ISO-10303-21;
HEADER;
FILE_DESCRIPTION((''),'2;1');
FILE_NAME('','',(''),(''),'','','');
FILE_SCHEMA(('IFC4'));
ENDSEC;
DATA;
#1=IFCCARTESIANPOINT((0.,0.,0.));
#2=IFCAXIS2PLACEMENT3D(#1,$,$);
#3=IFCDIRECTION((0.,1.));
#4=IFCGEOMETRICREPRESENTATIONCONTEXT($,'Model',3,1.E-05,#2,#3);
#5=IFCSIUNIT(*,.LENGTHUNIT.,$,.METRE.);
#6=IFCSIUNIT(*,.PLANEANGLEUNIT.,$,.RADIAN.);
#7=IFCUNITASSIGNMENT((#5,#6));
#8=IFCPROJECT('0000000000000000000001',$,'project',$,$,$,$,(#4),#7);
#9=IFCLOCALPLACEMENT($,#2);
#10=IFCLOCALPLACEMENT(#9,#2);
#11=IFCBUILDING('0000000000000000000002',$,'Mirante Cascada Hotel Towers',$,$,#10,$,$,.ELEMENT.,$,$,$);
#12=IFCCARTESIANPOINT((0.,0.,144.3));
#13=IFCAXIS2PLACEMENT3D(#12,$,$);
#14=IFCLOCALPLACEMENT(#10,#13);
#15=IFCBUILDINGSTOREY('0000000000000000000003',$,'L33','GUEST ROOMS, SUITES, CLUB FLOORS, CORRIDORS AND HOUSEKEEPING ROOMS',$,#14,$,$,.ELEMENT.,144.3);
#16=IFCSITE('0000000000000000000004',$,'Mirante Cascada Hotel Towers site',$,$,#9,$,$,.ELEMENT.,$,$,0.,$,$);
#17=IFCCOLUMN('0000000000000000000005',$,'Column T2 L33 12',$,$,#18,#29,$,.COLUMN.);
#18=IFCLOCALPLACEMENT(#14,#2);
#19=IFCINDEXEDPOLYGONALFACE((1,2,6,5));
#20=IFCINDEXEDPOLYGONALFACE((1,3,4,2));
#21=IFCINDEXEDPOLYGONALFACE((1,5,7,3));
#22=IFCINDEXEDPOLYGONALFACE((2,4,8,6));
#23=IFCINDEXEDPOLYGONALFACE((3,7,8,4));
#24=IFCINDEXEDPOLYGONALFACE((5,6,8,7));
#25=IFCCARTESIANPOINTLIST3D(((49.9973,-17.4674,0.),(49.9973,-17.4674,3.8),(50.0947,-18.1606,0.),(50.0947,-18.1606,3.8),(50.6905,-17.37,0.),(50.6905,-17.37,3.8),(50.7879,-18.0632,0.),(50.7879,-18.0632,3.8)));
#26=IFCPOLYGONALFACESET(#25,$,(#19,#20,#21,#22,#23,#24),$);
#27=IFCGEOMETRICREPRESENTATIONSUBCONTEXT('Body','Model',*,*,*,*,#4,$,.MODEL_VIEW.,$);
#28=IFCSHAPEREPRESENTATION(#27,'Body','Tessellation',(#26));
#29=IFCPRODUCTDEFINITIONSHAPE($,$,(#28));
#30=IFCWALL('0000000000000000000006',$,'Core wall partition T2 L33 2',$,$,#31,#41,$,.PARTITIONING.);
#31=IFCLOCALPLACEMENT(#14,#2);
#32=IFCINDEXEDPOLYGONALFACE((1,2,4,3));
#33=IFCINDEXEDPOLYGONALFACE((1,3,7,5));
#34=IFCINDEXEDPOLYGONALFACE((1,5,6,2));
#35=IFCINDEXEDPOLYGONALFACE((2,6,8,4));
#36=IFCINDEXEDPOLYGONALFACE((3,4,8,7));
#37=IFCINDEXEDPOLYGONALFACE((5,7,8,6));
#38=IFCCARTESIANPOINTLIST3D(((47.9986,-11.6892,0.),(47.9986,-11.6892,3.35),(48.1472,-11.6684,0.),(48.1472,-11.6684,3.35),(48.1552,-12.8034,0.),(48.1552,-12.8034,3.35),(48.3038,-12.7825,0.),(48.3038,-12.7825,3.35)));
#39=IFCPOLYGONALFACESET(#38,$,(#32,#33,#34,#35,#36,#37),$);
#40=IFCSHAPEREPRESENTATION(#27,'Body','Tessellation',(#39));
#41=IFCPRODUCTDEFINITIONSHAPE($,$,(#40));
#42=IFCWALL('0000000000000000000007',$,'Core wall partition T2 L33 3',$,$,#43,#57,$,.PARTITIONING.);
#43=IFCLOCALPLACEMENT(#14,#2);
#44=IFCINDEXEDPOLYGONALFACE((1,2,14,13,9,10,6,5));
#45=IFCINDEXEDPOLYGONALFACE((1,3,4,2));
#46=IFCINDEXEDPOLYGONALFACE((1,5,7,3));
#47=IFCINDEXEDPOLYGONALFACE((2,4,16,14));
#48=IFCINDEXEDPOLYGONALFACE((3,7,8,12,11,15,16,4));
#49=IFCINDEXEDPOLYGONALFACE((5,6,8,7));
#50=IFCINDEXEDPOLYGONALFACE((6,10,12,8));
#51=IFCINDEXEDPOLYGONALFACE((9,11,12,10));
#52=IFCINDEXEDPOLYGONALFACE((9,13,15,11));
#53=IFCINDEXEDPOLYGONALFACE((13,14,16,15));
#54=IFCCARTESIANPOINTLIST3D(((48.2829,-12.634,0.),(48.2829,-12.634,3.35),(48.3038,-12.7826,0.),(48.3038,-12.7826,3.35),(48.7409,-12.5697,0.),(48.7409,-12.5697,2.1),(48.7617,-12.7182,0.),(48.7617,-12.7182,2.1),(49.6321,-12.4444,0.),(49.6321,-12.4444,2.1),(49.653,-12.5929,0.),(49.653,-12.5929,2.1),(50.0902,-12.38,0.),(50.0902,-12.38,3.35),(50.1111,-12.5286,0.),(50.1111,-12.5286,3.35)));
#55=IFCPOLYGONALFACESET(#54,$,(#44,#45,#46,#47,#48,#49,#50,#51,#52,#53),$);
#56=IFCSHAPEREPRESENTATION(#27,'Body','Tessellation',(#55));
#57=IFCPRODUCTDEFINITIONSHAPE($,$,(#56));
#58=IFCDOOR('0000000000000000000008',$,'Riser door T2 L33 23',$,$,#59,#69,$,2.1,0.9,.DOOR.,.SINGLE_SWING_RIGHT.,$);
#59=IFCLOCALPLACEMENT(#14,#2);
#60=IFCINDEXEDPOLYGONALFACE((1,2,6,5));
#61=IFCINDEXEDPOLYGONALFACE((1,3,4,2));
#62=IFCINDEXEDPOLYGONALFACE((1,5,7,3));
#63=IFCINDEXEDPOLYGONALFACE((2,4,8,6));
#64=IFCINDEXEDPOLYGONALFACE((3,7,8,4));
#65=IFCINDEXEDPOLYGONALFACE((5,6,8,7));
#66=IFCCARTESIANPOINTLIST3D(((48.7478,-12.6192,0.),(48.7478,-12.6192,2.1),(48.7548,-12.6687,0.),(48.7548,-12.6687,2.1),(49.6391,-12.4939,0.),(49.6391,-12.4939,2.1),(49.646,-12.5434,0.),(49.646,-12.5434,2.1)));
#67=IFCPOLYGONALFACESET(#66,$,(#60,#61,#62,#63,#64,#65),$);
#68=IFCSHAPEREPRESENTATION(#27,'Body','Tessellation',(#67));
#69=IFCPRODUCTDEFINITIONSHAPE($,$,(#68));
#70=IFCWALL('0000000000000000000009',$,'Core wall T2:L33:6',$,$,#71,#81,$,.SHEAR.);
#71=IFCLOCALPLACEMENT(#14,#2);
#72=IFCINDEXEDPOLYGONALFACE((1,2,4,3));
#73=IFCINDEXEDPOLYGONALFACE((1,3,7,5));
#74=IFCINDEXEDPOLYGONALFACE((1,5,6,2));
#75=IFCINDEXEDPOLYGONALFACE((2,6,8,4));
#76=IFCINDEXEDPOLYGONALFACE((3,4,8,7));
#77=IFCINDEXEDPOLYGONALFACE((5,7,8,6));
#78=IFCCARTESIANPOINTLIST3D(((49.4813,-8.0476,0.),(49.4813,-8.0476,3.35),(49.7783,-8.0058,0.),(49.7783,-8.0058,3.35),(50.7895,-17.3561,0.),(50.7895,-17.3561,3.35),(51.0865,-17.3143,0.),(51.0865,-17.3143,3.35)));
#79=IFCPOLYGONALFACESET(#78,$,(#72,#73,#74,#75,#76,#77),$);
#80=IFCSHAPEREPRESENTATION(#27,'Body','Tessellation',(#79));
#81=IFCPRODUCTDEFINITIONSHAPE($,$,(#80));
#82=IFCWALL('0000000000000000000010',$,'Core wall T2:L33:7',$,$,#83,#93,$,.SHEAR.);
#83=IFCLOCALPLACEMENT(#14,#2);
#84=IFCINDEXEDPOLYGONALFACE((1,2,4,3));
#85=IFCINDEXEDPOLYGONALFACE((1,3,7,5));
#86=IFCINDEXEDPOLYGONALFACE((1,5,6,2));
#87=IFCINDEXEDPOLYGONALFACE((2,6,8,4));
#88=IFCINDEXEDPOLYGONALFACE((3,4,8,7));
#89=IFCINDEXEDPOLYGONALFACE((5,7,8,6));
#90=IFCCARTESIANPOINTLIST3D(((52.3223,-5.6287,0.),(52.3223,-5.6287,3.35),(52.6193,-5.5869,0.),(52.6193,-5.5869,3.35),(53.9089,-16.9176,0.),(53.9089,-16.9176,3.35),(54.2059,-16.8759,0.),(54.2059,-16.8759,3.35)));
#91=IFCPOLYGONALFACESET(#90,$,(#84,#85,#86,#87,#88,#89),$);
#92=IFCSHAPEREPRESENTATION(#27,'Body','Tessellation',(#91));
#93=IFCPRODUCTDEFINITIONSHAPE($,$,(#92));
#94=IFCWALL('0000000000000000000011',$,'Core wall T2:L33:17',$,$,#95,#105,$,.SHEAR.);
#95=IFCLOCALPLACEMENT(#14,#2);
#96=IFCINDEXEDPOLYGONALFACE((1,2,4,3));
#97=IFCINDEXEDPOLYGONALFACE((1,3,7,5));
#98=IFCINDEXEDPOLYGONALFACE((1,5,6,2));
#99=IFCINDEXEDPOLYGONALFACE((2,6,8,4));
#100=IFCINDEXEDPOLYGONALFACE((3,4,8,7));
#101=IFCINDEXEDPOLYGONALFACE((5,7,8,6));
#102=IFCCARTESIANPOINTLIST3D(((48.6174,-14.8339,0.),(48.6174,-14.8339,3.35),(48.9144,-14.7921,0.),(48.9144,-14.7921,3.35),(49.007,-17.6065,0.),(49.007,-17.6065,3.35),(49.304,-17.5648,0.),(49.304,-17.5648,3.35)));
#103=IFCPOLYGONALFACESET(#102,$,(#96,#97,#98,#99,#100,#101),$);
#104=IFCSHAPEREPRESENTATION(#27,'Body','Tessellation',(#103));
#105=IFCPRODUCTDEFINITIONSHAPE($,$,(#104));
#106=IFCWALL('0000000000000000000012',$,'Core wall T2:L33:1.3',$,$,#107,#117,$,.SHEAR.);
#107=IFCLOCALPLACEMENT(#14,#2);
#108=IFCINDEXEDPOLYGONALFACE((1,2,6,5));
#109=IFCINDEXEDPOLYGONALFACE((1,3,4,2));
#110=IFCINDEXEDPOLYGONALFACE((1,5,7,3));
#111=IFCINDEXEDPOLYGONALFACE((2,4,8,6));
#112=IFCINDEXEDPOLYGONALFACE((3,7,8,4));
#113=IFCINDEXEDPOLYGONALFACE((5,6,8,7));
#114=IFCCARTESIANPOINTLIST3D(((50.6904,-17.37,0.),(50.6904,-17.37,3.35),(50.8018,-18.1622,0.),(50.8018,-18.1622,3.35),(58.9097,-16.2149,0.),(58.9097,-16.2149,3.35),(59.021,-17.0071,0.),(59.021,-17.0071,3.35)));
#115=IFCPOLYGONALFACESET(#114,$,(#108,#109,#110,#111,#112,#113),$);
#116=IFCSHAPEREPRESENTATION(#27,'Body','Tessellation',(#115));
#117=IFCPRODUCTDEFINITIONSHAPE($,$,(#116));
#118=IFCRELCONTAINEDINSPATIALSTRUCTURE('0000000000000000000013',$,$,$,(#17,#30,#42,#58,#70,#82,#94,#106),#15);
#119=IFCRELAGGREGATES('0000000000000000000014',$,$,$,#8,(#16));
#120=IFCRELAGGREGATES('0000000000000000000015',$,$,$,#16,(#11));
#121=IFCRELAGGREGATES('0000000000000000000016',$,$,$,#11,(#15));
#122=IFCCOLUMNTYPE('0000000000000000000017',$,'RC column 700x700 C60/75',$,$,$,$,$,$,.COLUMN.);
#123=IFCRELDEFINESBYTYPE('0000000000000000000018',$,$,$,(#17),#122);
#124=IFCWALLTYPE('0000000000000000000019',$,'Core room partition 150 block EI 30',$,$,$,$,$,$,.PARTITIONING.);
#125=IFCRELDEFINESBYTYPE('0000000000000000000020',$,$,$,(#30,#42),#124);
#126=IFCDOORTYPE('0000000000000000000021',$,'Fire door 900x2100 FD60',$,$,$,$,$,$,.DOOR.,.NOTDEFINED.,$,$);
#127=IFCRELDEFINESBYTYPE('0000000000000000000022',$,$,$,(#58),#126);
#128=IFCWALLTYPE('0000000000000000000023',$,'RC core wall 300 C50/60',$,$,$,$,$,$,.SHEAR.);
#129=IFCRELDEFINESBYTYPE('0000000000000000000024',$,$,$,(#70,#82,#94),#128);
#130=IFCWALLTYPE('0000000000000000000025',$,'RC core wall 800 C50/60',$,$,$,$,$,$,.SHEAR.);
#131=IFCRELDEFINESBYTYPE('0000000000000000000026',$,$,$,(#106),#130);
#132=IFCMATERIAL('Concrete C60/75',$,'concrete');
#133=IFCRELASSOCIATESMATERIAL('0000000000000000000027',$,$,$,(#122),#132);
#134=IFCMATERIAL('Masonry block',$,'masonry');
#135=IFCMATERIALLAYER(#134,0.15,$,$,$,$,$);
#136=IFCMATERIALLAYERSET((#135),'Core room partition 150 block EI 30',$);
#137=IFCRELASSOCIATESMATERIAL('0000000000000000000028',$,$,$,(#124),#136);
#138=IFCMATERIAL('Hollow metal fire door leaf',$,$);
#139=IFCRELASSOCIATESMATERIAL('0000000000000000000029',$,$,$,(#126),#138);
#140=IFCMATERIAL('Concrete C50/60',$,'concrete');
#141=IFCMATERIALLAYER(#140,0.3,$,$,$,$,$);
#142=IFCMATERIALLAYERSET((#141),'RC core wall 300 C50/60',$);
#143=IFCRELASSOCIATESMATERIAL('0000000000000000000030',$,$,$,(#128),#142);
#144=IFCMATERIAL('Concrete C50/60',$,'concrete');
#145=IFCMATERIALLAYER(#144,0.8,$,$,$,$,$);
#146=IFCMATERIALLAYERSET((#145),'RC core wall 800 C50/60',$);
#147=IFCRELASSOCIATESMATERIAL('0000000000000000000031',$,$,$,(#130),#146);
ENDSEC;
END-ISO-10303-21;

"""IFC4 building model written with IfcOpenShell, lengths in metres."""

from ifc_helpers import new_model, si_unit, direction, frame, frame_2d, origin, origin_2d, place, context, subcontext, project, spatial, rectangle, extrude, material, layer, layer_set, material_profile, profile_set, type_object, element, fill, save


model = new_model("IFC4")

# Units and contexts
model_context = context("Model", 3, precision=1e-05, world=origin(), true_north=direction((0.0, 1.0)))
body_context = subcontext(model_context, "Body", "Model", "MODEL_VIEW")
ifc_project = project(units=[si_unit("LENGTHUNIT", "METRE"), si_unit("PLANEANGLEUNIT", "RADIAN")], contexts=[model_context])

# Site, building, storey
site_placement = place(None, origin())
site = spatial("IfcSite", under=ifc_project, at=site_placement, Name="Mirante Cascada Hotel Towers site", CompositionType="ELEMENT", RefElevation=0.0)
building_placement = place(site_placement, origin())
building = spatial("IfcBuilding", under=site, at=building_placement, Name="Mirante Cascada Hotel Towers", CompositionType="ELEMENT")
storey_placement = place(building_placement, frame((0.0, 0.0, 144.3)))
storey = spatial("IfcBuildingStorey", under=building, at=storey_placement, Name="L33", Description="GUEST ROOMS, SUITES, CLUB FLOORS, CORRIDORS AND HOUSEKEEPING ROOMS", CompositionType="ELEMENT", Elevation=144.3)

# Column
ifc_material_1 = material(Name="Concrete C60/75", Category="concrete")
ifc_material_profile = material_profile(ifc_material_1, rectangle(XDim=0.7, YDim=0.7, at=origin_2d()), Name="RC column 700x700 C60/75")
ifc_profile_set = profile_set([ifc_material_profile], Name="Concrete C60/75")
column_type = type_object("IfcColumnType", Name="RC column 700x700 C60/75", PredefinedType="COLUMN", material=ifc_profile_set)
column_placement = place(storey_placement, frame((50.3926, -17.7653, 0.0), z_axis=(0.0, 0.0, 1.0), x_axis=(0.990268, 0.139173, 0.0)))
element("IfcColumn", 1, at=column_placement, inside=storey, type_object=column_type, Name="Column T2 L33 12", PredefinedType="COLUMN", context=body_context, shape_type="SweptSolid", body=[
    extrude(rectangle(XDim=0.7, YDim=0.7, at=origin_2d()), origin(), (0.0, 0.0, 1.0), 3.8),
])

# Wall
ifc_material_2 = material(Name="Masonry block", Category="masonry")
ifc_layer_1 = layer(ifc_material_2, 0.15)
ifc_layer_set_1 = layer_set([ifc_layer_1], Name="Core room partition 150 block EI 30")
wall_type_1 = type_object("IfcWallType", Name="Core room partition 150 block EI 30", PredefinedType="PARTITIONING", material=ifc_layer_set_1)
wall_1_placement = place(storey_placement, frame((48.2295, -12.793, 0.0), z_axis=(0.0, 0.0, 1.0), x_axis=(-0.139193, 0.990265, 0.0)))
element("IfcWall", 2, at=wall_1_placement, inside=storey, type_object=wall_type_1, Name="Core wall partition T2 L33 2", PredefinedType="PARTITIONING", context=body_context, shape_type="SweptSolid", body=[
    extrude(rectangle(XDim=1.1251, YDim=0.15, at=frame_2d((0.5626, 0.0))), origin(), (0.0, 0.0, 1.0), 3.35),
])

# Wall, opening, door
wall_2_placement = place(storey_placement, frame((48.2933, -12.7083, 0.0), z_axis=(0.0, 0.0, 1.0), x_axis=(0.990268, 0.139173, 0.0)))
wall_2 = element("IfcWall", 3, at=wall_2_placement, inside=storey, type_object=wall_type_1, Name="Core wall partition T2 L33 3", PredefinedType="PARTITIONING", context=body_context, shape_type="SweptSolid", body=[
    extrude(rectangle(XDim=1.8251, YDim=0.15, at=frame_2d((0.9126, 0.0))), origin(), (0.0, 0.0, 1.0), 3.35),
])
opening_1_placement = place(wall_2_placement, frame((0.4625, 0.0, 0.0)))
opening_1 = element("IfcOpeningElement", 4, at=opening_1_placement, cuts=wall_2, PredefinedType="OPENING", context=body_context, shape_type="SweptSolid", body=[
    extrude(rectangle(XDim=0.9, YDim=2.1, at=frame_2d((0.45, 1.05))), frame((0.0, 0.075, 0.0), z_axis=(0.0, -1.0, 0.0), x_axis=(1.0, 0.0, 0.0)), (0.0, 0.0, 1.0), 0.15),
])
ifc_material_3 = material(Name="Hollow metal fire door leaf")
door_type_1 = type_object("IfcDoorType", Name="Fire door 900x2100 FD60", OperationType="NOTDEFINED", PredefinedType="DOOR", material=ifc_material_3)
door_1_placement = place(opening_1_placement, frame((0.9, 0.0, 0.0), z_axis=(0.0, 0.0, 1.0), x_axis=(-1.0, 0.0, 0.0)))
door_1 = element("IfcDoor", 5, at=door_1_placement, inside=storey, type_object=door_type_1, Name="Riser door T2 L33 23", OperationType="SINGLE_SWING_RIGHT", OverallHeight=2.1, OverallWidth=0.9, PredefinedType="DOOR", context=body_context, shape_type="SweptSolid", body=[
    extrude(rectangle(XDim=0.9, YDim=2.1, at=frame_2d((0.45, 1.05))), frame((0.0, 0.025, 0.0), z_axis=(0.0, -1.0, 0.0), x_axis=(1.0, 0.0, 0.0)), (0.0, 0.0, 1.0), 0.05),
])
fill(opening_1, door_1)

# Walls
ifc_material_4 = material(Name="Concrete C50/60", Category="concrete")
ifc_layer_2 = layer(ifc_material_4, 0.3)
ifc_layer_set_2 = layer_set([ifc_layer_2], Name="RC core wall 300 C50/60")
wall_type_2 = type_object("IfcWallType", Name="RC core wall 300 C50/60", PredefinedType="SHEAR", material=ifc_layer_set_2)
wall_3_placement = place(storey_placement, frame((50.938, -17.3352, 0.0), z_axis=(0.0, 0.0, 1.0), x_axis=(-0.139171, 0.990268, 0.0)))
element("IfcWall", 6, at=wall_3_placement, inside=storey, type_object=wall_type_2, Name="Core wall T2:L33:6", PredefinedType="SHEAR", context=body_context, shape_type="SweptSolid", body=[
    extrude(rectangle(XDim=9.4, YDim=0.3, at=frame_2d((4.7, 0.0))), origin(), (0.0, 0.0, 1.0), 3.35),
])
wall_4_placement = place(storey_placement, frame((54.0574, -16.8968, 0.0), z_axis=(0.0, 0.0, 1.0), x_axis=(-0.139176, 0.990268, 0.0)))
element("IfcWall", 7, at=wall_4_placement, inside=storey, type_object=wall_type_2, Name="Core wall T2:L33:7", PredefinedType="SHEAR", context=body_context, shape_type="SweptSolid", body=[
    extrude(rectangle(XDim=11.3999, YDim=0.3, at=frame_2d((5.7, 0.0))), origin(), (0.0, 0.0, 1.0), 3.35),
])
wall_5_placement = place(storey_placement, frame((49.1555, -17.5857, 0.0), z_axis=(0.0, 0.0, 1.0), x_axis=(-0.139146, 0.990272, 0.0)))
element("IfcWall", 8, at=wall_5_placement, inside=storey, type_object=wall_type_2, Name="Core wall T2:L33:17", PredefinedType="SHEAR", context=body_context, shape_type="SweptSolid", body=[
    extrude(rectangle(XDim=2.7999, YDim=0.3, at=frame_2d((1.4, 0.0))), origin(), (0.0, 0.0, 1.0), 3.35),
])

# Wall
ifc_material_5 = material(Name="Concrete C50/60", Category="concrete")
ifc_layer_3 = layer(ifc_material_5, 0.8)
ifc_layer_set_3 = layer_set([ifc_layer_3], Name="RC core wall 800 C50/60")
wall_type_3 = type_object("IfcWallType", Name="RC core wall 800 C50/60", PredefinedType="SHEAR", material=ifc_layer_set_3)
wall_6_placement = place(storey_placement, frame((50.7461, -17.7661, 0.0), z_axis=(0.0, 0.0, 1.0), x_axis=(0.990269, 0.139169, 0.0)))
element("IfcWall", 9, at=wall_6_placement, inside=storey, type_object=wall_type_3, Name="Core wall T2:L33:1.3", PredefinedType="SHEAR", context=body_context, shape_type="SweptSolid", body=[
    extrude(rectangle(XDim=8.3, YDim=0.8, at=frame_2d((4.15, 0.0))), origin(), (0.0, 0.0, 1.0), 3.35),
])

save(model, "model.ifc")
